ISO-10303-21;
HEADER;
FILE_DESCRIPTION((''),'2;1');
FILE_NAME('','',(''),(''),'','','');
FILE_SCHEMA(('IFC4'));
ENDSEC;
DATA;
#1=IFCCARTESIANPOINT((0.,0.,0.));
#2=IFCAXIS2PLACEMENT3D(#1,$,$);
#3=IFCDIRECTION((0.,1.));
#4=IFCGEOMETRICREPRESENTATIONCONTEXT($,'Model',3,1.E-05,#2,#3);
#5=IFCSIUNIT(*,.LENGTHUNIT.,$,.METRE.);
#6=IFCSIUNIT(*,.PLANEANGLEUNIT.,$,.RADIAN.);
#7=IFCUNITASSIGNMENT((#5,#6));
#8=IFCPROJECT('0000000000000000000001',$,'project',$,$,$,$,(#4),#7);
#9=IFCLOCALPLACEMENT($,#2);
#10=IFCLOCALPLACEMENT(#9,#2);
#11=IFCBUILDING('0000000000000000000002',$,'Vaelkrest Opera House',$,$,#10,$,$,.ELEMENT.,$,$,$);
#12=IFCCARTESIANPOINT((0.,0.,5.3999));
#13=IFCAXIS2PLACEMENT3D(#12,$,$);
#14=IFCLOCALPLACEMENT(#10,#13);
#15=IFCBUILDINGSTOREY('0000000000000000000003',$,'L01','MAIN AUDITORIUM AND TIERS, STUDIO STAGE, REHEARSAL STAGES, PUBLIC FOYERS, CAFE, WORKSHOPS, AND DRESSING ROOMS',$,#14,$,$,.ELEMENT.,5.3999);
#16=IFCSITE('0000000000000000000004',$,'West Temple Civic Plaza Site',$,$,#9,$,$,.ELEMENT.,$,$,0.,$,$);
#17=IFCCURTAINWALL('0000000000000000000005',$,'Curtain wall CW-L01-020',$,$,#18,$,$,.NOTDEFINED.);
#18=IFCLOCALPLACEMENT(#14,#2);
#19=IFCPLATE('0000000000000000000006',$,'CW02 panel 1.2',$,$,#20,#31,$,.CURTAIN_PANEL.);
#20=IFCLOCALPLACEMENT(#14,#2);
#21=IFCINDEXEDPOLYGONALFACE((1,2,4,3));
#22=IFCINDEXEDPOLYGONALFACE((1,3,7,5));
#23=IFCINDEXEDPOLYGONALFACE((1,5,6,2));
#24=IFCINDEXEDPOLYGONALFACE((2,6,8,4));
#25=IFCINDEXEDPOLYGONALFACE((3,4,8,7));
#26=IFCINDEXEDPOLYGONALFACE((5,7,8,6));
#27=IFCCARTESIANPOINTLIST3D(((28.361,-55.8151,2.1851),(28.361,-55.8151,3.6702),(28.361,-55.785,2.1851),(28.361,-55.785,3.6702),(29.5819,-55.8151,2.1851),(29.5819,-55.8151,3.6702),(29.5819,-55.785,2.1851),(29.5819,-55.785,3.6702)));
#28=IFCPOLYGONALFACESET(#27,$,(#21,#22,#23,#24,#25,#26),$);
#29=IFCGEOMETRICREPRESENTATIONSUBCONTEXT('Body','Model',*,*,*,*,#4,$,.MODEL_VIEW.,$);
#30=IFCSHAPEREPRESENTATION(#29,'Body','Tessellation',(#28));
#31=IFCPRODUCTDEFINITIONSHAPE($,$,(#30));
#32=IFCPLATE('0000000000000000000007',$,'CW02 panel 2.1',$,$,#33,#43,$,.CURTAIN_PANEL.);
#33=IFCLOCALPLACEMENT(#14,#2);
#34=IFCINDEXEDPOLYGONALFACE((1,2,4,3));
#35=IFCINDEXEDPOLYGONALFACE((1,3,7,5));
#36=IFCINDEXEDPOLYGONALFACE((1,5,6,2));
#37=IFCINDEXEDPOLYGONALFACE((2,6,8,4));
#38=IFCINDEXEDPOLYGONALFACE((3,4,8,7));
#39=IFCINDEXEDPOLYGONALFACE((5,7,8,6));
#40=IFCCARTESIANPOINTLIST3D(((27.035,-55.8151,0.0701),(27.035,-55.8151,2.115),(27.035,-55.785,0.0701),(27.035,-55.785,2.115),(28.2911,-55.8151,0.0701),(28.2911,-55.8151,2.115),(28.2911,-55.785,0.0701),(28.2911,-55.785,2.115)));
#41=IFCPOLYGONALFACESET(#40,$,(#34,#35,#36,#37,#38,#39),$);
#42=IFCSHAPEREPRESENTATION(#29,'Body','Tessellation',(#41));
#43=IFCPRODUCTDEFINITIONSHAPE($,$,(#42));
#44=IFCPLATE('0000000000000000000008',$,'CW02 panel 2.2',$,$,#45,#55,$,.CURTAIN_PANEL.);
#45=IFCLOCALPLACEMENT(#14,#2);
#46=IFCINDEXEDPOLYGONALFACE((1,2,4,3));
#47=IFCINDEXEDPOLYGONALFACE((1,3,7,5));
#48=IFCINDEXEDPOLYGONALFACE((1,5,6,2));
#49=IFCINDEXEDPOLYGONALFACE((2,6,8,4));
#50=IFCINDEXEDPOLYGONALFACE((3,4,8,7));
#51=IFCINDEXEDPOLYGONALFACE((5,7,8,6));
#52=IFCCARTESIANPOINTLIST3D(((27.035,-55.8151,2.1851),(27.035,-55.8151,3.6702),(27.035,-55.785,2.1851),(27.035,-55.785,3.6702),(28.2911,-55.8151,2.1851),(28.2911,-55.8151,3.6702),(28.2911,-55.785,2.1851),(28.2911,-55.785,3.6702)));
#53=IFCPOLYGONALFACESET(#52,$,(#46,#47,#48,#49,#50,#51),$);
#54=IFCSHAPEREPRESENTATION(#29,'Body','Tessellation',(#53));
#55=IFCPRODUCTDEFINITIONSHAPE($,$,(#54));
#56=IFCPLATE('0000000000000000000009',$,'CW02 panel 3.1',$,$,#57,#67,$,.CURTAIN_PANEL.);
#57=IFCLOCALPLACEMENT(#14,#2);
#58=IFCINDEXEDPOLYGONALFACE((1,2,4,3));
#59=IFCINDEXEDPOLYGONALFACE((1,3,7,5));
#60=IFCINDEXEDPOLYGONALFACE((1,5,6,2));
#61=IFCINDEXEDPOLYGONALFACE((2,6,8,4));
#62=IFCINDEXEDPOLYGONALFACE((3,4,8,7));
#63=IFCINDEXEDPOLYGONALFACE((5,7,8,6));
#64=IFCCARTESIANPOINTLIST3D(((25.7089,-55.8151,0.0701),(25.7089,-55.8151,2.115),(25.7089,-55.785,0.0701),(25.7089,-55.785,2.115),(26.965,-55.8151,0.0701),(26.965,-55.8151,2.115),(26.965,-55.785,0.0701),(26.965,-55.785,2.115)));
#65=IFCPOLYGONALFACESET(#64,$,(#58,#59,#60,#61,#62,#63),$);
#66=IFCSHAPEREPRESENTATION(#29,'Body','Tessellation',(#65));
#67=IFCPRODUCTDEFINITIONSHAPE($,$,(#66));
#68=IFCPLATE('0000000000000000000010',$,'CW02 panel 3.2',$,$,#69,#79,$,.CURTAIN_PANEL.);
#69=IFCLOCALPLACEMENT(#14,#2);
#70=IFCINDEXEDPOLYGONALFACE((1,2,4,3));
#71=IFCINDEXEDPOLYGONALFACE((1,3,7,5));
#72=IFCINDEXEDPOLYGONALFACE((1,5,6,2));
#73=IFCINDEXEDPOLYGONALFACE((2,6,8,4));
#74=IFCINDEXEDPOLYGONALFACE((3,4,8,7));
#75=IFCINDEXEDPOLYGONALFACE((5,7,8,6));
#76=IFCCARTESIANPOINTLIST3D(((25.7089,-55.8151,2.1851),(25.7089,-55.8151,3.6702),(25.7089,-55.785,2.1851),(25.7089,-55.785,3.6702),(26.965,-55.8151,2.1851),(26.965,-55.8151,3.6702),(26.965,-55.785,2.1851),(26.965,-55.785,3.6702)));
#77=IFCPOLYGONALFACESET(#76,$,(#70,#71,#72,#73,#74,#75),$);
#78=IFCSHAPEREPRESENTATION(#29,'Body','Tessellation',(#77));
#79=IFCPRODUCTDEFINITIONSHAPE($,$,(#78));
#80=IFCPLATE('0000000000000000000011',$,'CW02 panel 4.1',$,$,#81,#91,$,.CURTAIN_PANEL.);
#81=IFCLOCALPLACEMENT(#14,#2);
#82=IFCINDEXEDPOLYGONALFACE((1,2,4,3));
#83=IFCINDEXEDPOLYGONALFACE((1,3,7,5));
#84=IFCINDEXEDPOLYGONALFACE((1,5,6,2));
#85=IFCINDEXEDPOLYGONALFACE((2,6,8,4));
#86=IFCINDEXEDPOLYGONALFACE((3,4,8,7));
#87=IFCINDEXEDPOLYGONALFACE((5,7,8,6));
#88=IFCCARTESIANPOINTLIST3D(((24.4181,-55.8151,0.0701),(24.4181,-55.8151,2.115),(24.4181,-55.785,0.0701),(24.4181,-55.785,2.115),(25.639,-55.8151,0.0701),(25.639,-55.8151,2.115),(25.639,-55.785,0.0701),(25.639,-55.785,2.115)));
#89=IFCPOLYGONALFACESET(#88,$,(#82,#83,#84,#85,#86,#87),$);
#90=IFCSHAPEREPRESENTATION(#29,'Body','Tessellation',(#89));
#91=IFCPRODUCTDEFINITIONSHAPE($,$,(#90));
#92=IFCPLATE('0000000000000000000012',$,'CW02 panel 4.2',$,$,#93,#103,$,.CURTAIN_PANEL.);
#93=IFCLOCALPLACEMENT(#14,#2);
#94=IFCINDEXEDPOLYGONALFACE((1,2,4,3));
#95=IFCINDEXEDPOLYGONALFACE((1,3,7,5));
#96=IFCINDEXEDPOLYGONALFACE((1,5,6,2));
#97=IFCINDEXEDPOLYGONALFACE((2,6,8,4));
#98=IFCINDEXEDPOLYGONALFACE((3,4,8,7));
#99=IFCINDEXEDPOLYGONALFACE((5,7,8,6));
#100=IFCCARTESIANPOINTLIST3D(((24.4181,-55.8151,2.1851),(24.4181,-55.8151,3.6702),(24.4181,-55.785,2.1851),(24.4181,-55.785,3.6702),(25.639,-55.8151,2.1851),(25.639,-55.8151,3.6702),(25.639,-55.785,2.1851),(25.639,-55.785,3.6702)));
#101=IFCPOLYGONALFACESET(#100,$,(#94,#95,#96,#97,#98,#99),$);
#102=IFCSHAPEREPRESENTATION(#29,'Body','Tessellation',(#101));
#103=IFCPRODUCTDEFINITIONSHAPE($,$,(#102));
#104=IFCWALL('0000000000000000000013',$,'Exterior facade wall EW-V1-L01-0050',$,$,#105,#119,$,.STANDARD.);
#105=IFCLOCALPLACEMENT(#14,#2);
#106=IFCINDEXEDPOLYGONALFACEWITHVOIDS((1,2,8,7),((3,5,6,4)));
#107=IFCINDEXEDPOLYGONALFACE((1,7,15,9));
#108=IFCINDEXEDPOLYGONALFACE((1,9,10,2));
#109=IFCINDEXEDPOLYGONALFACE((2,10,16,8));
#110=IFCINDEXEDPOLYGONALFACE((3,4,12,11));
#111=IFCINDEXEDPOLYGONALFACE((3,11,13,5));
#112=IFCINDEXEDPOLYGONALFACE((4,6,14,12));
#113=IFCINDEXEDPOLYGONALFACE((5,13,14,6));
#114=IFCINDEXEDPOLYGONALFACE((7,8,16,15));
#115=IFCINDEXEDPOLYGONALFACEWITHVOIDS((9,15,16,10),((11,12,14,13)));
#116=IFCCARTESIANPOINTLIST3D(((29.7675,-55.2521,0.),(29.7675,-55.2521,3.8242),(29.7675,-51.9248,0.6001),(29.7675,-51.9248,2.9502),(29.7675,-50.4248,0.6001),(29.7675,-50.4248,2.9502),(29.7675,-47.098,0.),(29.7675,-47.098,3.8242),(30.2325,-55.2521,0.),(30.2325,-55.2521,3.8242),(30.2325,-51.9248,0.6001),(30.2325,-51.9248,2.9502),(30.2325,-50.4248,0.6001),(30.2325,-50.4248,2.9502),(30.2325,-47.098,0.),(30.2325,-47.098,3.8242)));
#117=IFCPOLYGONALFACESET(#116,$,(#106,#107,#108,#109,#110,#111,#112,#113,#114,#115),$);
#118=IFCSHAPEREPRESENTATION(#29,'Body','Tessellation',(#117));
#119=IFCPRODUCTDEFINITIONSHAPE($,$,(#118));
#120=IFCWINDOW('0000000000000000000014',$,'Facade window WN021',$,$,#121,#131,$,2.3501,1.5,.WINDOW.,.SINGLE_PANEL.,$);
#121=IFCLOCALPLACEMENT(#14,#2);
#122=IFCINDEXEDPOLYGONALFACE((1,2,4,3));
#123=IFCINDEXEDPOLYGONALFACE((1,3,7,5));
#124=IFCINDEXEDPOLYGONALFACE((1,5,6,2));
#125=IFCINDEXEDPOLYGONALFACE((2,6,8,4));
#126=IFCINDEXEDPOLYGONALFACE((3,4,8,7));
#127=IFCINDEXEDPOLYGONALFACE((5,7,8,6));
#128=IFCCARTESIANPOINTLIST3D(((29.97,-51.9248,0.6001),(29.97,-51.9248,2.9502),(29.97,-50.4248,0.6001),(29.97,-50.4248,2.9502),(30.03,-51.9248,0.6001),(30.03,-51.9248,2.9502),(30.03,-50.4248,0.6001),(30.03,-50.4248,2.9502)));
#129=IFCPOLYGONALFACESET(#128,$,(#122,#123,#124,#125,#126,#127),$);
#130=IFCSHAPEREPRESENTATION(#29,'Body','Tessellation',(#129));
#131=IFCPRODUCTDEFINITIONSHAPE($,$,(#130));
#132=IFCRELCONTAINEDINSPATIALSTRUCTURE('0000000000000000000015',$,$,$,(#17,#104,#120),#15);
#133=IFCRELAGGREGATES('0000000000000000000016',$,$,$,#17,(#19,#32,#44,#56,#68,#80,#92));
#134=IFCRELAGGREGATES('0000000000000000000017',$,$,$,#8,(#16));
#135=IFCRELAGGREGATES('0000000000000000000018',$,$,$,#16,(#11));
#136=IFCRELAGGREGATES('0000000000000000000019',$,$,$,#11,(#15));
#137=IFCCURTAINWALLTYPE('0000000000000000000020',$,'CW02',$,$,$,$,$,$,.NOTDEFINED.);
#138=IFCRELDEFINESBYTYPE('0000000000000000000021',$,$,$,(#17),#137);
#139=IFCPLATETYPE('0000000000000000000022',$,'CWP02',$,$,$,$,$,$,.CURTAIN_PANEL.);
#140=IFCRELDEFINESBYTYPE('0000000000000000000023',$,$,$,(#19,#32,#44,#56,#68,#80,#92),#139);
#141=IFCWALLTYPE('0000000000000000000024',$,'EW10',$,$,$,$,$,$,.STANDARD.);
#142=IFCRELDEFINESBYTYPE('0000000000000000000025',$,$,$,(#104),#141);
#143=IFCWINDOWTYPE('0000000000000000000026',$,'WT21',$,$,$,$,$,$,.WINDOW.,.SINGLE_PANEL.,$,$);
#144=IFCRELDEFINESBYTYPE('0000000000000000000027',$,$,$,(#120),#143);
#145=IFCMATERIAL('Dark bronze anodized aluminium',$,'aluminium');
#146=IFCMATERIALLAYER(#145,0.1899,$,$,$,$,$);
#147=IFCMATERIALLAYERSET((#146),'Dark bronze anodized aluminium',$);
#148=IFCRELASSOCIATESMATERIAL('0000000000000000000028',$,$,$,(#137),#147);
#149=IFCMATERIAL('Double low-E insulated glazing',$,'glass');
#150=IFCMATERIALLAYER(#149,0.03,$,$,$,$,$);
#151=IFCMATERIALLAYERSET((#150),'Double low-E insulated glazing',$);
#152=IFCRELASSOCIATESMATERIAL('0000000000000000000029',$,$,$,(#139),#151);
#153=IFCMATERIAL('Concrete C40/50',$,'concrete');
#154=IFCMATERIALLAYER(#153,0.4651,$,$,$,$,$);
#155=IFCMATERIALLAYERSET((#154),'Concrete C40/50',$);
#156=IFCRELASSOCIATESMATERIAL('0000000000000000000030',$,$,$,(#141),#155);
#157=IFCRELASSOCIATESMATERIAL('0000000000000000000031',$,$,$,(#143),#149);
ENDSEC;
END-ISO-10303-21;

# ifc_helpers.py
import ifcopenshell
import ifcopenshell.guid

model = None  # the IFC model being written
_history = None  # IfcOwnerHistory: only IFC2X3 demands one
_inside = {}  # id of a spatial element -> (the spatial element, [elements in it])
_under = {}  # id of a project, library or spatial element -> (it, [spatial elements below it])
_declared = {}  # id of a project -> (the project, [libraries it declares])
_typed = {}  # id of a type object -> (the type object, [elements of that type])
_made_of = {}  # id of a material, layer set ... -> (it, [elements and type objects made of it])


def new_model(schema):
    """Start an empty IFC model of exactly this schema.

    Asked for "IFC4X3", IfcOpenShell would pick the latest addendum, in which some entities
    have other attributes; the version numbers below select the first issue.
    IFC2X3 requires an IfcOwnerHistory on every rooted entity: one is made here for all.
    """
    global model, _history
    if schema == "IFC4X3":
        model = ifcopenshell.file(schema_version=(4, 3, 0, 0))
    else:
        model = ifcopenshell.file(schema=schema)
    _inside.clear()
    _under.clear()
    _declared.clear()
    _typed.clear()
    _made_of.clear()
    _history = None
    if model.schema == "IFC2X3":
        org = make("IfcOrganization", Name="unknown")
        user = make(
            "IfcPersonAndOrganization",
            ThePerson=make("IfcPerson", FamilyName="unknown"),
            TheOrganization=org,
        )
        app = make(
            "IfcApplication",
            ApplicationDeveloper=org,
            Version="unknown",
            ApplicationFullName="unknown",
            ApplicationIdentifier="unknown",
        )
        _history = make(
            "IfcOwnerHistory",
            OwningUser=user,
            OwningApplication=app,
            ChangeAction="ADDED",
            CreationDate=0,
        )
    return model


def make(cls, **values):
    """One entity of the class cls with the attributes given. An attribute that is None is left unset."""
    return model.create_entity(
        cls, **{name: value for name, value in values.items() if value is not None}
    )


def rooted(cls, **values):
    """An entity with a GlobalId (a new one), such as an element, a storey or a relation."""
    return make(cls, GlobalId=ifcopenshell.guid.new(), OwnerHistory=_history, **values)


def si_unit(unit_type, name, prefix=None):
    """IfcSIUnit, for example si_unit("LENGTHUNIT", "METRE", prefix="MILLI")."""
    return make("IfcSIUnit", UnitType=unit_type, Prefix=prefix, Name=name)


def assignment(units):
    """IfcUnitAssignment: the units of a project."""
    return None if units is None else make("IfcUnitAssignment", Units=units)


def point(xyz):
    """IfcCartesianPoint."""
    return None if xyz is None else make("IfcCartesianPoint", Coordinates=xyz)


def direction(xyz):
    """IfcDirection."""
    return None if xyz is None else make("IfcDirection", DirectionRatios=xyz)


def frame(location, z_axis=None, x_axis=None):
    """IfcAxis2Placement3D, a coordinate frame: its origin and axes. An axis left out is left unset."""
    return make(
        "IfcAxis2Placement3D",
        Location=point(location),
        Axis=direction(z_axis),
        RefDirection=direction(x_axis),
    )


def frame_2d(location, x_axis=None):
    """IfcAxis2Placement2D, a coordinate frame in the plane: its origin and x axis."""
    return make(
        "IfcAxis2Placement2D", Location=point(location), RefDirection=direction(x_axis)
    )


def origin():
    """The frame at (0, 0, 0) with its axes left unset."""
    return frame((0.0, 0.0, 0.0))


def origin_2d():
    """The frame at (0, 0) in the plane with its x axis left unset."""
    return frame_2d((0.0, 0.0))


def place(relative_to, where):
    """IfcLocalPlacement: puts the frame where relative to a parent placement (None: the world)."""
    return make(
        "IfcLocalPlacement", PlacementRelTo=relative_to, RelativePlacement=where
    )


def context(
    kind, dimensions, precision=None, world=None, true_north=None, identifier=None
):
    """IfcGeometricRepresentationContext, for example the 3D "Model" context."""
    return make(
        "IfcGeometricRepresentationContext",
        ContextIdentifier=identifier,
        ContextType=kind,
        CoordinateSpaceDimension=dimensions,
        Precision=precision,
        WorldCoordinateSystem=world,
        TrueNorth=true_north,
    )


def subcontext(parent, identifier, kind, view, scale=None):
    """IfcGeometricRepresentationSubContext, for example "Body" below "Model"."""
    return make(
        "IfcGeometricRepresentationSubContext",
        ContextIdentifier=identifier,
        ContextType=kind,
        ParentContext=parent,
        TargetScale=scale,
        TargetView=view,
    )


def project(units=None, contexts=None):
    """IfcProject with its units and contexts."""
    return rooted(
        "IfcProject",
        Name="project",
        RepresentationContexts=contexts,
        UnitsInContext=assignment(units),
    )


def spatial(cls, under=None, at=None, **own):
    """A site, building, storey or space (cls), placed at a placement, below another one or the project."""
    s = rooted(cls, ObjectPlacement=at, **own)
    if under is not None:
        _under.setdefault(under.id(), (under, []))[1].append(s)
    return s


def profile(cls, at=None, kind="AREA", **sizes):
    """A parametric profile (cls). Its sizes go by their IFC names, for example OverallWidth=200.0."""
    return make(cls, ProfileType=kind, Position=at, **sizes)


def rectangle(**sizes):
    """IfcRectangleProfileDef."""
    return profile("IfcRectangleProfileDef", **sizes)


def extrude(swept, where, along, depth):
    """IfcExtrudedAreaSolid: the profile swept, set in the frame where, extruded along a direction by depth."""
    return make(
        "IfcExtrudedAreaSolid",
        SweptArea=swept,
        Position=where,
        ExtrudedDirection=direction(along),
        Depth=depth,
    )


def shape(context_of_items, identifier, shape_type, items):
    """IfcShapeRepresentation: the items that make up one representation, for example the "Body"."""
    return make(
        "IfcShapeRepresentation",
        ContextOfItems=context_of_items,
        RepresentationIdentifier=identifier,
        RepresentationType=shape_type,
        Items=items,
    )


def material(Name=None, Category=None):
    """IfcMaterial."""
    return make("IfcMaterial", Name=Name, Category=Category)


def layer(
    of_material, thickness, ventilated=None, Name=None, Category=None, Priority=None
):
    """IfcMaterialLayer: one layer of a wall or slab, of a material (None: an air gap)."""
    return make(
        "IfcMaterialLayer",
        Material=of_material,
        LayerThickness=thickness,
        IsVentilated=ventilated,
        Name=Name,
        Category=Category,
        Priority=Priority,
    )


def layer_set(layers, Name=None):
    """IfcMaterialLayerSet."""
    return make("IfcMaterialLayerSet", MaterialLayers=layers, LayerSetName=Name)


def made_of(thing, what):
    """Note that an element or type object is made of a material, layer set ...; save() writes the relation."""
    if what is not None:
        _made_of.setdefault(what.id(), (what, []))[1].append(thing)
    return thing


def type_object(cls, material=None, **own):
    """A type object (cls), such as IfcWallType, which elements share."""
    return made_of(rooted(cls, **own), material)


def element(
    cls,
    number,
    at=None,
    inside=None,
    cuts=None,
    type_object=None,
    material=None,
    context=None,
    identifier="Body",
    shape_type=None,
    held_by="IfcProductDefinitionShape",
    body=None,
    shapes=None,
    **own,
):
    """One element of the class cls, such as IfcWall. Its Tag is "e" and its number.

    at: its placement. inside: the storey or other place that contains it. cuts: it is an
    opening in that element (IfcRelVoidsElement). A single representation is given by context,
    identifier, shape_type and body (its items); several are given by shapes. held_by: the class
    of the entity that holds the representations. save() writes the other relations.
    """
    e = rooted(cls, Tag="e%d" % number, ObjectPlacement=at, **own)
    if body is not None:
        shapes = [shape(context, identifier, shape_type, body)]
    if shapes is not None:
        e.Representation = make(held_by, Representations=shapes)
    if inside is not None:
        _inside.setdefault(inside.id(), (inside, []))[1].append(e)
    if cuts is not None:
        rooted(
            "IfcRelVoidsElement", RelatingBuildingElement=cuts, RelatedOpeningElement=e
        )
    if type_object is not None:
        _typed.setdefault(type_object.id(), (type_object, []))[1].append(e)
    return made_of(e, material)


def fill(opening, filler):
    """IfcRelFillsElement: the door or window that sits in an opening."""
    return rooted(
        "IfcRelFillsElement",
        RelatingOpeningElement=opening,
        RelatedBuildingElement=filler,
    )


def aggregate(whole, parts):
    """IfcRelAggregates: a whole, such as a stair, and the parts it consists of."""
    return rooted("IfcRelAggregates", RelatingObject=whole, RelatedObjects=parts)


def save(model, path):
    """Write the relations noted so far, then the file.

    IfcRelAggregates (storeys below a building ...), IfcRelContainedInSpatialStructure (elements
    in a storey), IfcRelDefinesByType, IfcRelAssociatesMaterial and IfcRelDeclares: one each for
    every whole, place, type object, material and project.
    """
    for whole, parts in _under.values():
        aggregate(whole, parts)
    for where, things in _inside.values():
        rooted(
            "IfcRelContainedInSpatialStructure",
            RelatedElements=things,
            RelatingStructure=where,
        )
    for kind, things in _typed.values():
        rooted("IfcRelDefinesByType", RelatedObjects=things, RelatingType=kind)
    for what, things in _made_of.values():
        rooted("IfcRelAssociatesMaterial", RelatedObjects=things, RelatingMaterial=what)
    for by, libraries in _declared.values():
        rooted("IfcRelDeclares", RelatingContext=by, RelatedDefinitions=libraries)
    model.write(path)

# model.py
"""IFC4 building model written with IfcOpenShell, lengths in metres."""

from ifc_helpers import new_model, si_unit, direction, frame, frame_2d, origin, origin_2d, place, context, subcontext, project, spatial, rectangle, extrude, material, layer, layer_set, type_object, element, fill, aggregate, save


model = new_model("IFC4")

# Units and contexts
model_context = context("Model", 3, precision=1e-05, world=origin(), true_north=direction((0.0, 1.0)))
body_context = subcontext(model_context, "Body", "Model", "MODEL_VIEW")
ifc_project = project(units=[si_unit("LENGTHUNIT", "METRE"), si_unit("PLANEANGLEUNIT", "RADIAN")], contexts=[model_context])

# Site, building, storey
site_placement = place(None, origin())
site = spatial("IfcSite", under=ifc_project, at=site_placement, Name="West Temple Civic Plaza Site", CompositionType="ELEMENT", RefElevation=0.0)
building_placement = place(site_placement, origin())
building = spatial("IfcBuilding", under=site, at=building_placement, Name="Vaelkrest Opera House", CompositionType="ELEMENT")
storey_placement = place(building_placement, frame((0.0, 0.0, 5.3999)))
storey = spatial("IfcBuildingStorey", under=building, at=storey_placement, Name="L01", Description="MAIN AUDITORIUM AND TIERS, STUDIO STAGE, REHEARSAL STAGES, PUBLIC FOYERS, CAFE, WORKSHOPS, AND DRESSING ROOMS", CompositionType="ELEMENT", Elevation=5.3999)

# Curtain wall
ifc_material_1 = material(Name="Dark bronze anodized aluminium", Category="aluminium")
ifc_layer_1 = layer(ifc_material_1, 0.1899)
ifc_layer_set_1 = layer_set([ifc_layer_1], Name="Dark bronze anodized aluminium")
curtain_wall_type = type_object("IfcCurtainWallType", Name="CW02", PredefinedType="NOTDEFINED", material=ifc_layer_set_1)
curtain_wall_placement = place(storey_placement, origin())
curtain_wall = element("IfcCurtainWall", 1, at=curtain_wall_placement, inside=storey, type_object=curtain_wall_type, Name="Curtain wall CW-L01-020", PredefinedType="NOTDEFINED")

# Plates
ifc_material_2 = material(Name="Double low-E insulated glazing", Category="glass")
ifc_layer_2 = layer(ifc_material_2, 0.03)
ifc_layer_set_2 = layer_set([ifc_layer_2], Name="Double low-E insulated glazing")
plate_type = type_object("IfcPlateType", Name="CWP02", PredefinedType="CURTAIN_PANEL", material=ifc_layer_set_2)
plate_1_placement = place(storey_placement, frame((28.9714, -55.8, 2.1851), z_axis=(0.0, 0.0, 1.0), x_axis=(-1.0, 0.0, 0.0)))
plate_1 = element("IfcPlate", 2, at=plate_1_placement, type_object=plate_type, Name="CW02 panel 1.2", PredefinedType="CURTAIN_PANEL", context=body_context, shape_type="SweptSolid", body=[
    extrude(rectangle(XDim=1.2209, YDim=0.03, at=origin_2d()), origin(), (0.0, 0.0, 1.0), 1.4851),
])
plate_2_placement = place(storey_placement, frame((27.6631, -55.8, 0.0701), z_axis=(0.0, 0.0, 1.0), x_axis=(-1.0, 0.0, 0.0)))
plate_2 = element("IfcPlate", 3, at=plate_2_placement, type_object=plate_type, Name="CW02 panel 2.1", PredefinedType="CURTAIN_PANEL", context=body_context, shape_type="SweptSolid", body=[
    extrude(rectangle(XDim=1.2561, YDim=0.03, at=origin_2d()), origin(), (0.0, 0.0, 1.0), 2.0449),
])
plate_3_placement = place(storey_placement, frame((27.6631, -55.8, 2.1851), z_axis=(0.0, 0.0, 1.0), x_axis=(-1.0, 0.0, 0.0)))
plate_3 = element("IfcPlate", 4, at=plate_3_placement, type_object=plate_type, Name="CW02 panel 2.2", PredefinedType="CURTAIN_PANEL", context=body_context, shape_type="SweptSolid", body=[
    extrude(rectangle(XDim=1.2561, YDim=0.03, at=origin_2d()), origin(), (0.0, 0.0, 1.0), 1.4851),
])
plate_4_placement = place(storey_placement, frame((26.3369, -55.8, 0.0701), z_axis=(0.0, 0.0, 1.0), x_axis=(-1.0, 0.0, 0.0)))
plate_4 = element("IfcPlate", 5, at=plate_4_placement, type_object=plate_type, Name="CW02 panel 3.1", PredefinedType="CURTAIN_PANEL", context=body_context, shape_type="SweptSolid", body=[
    extrude(rectangle(XDim=1.2561, YDim=0.03, at=origin_2d()), origin(), (0.0, 0.0, 1.0), 2.0449),
])
plate_5_placement = place(storey_placement, frame((26.3369, -55.8, 2.1851), z_axis=(0.0, 0.0, 1.0), x_axis=(-1.0, 0.0, 0.0)))
plate_5 = element("IfcPlate", 6, at=plate_5_placement, type_object=plate_type, Name="CW02 panel 3.2", PredefinedType="CURTAIN_PANEL", context=body_context, shape_type="SweptSolid", body=[
    extrude(rectangle(XDim=1.2561, YDim=0.03, at=origin_2d()), origin(), (0.0, 0.0, 1.0), 1.4851),
])
plate_6_placement = place(storey_placement, frame((25.0286, -55.8, 0.0701), z_axis=(0.0, 0.0, 1.0), x_axis=(-1.0, 0.0, 0.0)))
plate_6 = element("IfcPlate", 7, at=plate_6_placement, type_object=plate_type, Name="CW02 panel 4.1", PredefinedType="CURTAIN_PANEL", context=body_context, shape_type="SweptSolid", body=[
    extrude(rectangle(XDim=1.2209, YDim=0.03, at=origin_2d()), origin(), (0.0, 0.0, 1.0), 2.0449),
])
plate_7_placement = place(storey_placement, frame((25.0286, -55.8, 2.1851), z_axis=(0.0, 0.0, 1.0), x_axis=(-1.0, 0.0, 0.0)))
plate_7 = element("IfcPlate", 8, at=plate_7_placement, type_object=plate_type, Name="CW02 panel 4.2", PredefinedType="CURTAIN_PANEL", context=body_context, shape_type="SweptSolid", body=[
    extrude(rectangle(XDim=1.2209, YDim=0.03, at=origin_2d()), origin(), (0.0, 0.0, 1.0), 1.4851),
])
aggregate(curtain_wall, [plate_1, plate_2, plate_3, plate_4, plate_5, plate_6, plate_7])

# Wall, opening, window
ifc_material_3 = material(Name="Concrete C40/50", Category="concrete")
ifc_layer_3 = layer(ifc_material_3, 0.4651)
ifc_layer_set_3 = layer_set([ifc_layer_3], Name="Concrete C40/50")
wall_type = type_object("IfcWallType", Name="EW10", PredefinedType="STANDARD", material=ifc_layer_set_3)
wall_placement = place(storey_placement, frame((30.0, -47.0979, 0.0), z_axis=(0.0, 0.0, 1.0), x_axis=(0.0, -1.0, 0.0)))
wall = element("IfcWall", 9, at=wall_placement, inside=storey, type_object=wall_type, Name="Exterior facade wall EW-V1-L01-0050", PredefinedType="STANDARD", context=body_context, shape_type="SweptSolid", body=[
    extrude(rectangle(XDim=8.1541, YDim=0.4651, at=frame_2d((4.0771, 0.0))), origin(), (0.0, 0.0, 1.0), 3.8242),
])
opening_placement = place(wall_placement, frame((3.3269, 0.0, 0.6001)))
opening = element("IfcOpeningElement", 10, at=opening_placement, cuts=wall, PredefinedType="OPENING", context=body_context, shape_type="SweptSolid", body=[
    extrude(rectangle(XDim=1.5, YDim=2.3501, at=frame_2d((0.75, 1.175))), frame((0.0, 0.2424, 0.0), z_axis=(0.0, -1.0, 0.0), x_axis=(1.0, 0.0, 0.0)), (0.0, 0.0, 1.0), 0.4851),
])
window_type = type_object("IfcWindowType", Name="WT21", PartitioningType="SINGLE_PANEL", PredefinedType="WINDOW", material=ifc_material_2)
window_placement = place(opening_placement, origin())
window = element("IfcWindow", 11, at=window_placement, inside=storey, type_object=window_type, Name="Facade window WN021", OverallHeight=2.3501, OverallWidth=1.5, PartitioningType="SINGLE_PANEL", PredefinedType="WINDOW", context=body_context, shape_type="SweptSolid", body=[
    extrude(rectangle(XDim=1.5, YDim=2.3501, at=frame_2d((0.75, 1.175))), frame((0.0, 0.03, 0.0), z_axis=(0.0, -1.0, 0.0), x_axis=(1.0, 0.0, 0.0)), (0.0, 0.0, 1.0), 0.0601),
])
fill(opening, window)

save(model, "model.ifc")
